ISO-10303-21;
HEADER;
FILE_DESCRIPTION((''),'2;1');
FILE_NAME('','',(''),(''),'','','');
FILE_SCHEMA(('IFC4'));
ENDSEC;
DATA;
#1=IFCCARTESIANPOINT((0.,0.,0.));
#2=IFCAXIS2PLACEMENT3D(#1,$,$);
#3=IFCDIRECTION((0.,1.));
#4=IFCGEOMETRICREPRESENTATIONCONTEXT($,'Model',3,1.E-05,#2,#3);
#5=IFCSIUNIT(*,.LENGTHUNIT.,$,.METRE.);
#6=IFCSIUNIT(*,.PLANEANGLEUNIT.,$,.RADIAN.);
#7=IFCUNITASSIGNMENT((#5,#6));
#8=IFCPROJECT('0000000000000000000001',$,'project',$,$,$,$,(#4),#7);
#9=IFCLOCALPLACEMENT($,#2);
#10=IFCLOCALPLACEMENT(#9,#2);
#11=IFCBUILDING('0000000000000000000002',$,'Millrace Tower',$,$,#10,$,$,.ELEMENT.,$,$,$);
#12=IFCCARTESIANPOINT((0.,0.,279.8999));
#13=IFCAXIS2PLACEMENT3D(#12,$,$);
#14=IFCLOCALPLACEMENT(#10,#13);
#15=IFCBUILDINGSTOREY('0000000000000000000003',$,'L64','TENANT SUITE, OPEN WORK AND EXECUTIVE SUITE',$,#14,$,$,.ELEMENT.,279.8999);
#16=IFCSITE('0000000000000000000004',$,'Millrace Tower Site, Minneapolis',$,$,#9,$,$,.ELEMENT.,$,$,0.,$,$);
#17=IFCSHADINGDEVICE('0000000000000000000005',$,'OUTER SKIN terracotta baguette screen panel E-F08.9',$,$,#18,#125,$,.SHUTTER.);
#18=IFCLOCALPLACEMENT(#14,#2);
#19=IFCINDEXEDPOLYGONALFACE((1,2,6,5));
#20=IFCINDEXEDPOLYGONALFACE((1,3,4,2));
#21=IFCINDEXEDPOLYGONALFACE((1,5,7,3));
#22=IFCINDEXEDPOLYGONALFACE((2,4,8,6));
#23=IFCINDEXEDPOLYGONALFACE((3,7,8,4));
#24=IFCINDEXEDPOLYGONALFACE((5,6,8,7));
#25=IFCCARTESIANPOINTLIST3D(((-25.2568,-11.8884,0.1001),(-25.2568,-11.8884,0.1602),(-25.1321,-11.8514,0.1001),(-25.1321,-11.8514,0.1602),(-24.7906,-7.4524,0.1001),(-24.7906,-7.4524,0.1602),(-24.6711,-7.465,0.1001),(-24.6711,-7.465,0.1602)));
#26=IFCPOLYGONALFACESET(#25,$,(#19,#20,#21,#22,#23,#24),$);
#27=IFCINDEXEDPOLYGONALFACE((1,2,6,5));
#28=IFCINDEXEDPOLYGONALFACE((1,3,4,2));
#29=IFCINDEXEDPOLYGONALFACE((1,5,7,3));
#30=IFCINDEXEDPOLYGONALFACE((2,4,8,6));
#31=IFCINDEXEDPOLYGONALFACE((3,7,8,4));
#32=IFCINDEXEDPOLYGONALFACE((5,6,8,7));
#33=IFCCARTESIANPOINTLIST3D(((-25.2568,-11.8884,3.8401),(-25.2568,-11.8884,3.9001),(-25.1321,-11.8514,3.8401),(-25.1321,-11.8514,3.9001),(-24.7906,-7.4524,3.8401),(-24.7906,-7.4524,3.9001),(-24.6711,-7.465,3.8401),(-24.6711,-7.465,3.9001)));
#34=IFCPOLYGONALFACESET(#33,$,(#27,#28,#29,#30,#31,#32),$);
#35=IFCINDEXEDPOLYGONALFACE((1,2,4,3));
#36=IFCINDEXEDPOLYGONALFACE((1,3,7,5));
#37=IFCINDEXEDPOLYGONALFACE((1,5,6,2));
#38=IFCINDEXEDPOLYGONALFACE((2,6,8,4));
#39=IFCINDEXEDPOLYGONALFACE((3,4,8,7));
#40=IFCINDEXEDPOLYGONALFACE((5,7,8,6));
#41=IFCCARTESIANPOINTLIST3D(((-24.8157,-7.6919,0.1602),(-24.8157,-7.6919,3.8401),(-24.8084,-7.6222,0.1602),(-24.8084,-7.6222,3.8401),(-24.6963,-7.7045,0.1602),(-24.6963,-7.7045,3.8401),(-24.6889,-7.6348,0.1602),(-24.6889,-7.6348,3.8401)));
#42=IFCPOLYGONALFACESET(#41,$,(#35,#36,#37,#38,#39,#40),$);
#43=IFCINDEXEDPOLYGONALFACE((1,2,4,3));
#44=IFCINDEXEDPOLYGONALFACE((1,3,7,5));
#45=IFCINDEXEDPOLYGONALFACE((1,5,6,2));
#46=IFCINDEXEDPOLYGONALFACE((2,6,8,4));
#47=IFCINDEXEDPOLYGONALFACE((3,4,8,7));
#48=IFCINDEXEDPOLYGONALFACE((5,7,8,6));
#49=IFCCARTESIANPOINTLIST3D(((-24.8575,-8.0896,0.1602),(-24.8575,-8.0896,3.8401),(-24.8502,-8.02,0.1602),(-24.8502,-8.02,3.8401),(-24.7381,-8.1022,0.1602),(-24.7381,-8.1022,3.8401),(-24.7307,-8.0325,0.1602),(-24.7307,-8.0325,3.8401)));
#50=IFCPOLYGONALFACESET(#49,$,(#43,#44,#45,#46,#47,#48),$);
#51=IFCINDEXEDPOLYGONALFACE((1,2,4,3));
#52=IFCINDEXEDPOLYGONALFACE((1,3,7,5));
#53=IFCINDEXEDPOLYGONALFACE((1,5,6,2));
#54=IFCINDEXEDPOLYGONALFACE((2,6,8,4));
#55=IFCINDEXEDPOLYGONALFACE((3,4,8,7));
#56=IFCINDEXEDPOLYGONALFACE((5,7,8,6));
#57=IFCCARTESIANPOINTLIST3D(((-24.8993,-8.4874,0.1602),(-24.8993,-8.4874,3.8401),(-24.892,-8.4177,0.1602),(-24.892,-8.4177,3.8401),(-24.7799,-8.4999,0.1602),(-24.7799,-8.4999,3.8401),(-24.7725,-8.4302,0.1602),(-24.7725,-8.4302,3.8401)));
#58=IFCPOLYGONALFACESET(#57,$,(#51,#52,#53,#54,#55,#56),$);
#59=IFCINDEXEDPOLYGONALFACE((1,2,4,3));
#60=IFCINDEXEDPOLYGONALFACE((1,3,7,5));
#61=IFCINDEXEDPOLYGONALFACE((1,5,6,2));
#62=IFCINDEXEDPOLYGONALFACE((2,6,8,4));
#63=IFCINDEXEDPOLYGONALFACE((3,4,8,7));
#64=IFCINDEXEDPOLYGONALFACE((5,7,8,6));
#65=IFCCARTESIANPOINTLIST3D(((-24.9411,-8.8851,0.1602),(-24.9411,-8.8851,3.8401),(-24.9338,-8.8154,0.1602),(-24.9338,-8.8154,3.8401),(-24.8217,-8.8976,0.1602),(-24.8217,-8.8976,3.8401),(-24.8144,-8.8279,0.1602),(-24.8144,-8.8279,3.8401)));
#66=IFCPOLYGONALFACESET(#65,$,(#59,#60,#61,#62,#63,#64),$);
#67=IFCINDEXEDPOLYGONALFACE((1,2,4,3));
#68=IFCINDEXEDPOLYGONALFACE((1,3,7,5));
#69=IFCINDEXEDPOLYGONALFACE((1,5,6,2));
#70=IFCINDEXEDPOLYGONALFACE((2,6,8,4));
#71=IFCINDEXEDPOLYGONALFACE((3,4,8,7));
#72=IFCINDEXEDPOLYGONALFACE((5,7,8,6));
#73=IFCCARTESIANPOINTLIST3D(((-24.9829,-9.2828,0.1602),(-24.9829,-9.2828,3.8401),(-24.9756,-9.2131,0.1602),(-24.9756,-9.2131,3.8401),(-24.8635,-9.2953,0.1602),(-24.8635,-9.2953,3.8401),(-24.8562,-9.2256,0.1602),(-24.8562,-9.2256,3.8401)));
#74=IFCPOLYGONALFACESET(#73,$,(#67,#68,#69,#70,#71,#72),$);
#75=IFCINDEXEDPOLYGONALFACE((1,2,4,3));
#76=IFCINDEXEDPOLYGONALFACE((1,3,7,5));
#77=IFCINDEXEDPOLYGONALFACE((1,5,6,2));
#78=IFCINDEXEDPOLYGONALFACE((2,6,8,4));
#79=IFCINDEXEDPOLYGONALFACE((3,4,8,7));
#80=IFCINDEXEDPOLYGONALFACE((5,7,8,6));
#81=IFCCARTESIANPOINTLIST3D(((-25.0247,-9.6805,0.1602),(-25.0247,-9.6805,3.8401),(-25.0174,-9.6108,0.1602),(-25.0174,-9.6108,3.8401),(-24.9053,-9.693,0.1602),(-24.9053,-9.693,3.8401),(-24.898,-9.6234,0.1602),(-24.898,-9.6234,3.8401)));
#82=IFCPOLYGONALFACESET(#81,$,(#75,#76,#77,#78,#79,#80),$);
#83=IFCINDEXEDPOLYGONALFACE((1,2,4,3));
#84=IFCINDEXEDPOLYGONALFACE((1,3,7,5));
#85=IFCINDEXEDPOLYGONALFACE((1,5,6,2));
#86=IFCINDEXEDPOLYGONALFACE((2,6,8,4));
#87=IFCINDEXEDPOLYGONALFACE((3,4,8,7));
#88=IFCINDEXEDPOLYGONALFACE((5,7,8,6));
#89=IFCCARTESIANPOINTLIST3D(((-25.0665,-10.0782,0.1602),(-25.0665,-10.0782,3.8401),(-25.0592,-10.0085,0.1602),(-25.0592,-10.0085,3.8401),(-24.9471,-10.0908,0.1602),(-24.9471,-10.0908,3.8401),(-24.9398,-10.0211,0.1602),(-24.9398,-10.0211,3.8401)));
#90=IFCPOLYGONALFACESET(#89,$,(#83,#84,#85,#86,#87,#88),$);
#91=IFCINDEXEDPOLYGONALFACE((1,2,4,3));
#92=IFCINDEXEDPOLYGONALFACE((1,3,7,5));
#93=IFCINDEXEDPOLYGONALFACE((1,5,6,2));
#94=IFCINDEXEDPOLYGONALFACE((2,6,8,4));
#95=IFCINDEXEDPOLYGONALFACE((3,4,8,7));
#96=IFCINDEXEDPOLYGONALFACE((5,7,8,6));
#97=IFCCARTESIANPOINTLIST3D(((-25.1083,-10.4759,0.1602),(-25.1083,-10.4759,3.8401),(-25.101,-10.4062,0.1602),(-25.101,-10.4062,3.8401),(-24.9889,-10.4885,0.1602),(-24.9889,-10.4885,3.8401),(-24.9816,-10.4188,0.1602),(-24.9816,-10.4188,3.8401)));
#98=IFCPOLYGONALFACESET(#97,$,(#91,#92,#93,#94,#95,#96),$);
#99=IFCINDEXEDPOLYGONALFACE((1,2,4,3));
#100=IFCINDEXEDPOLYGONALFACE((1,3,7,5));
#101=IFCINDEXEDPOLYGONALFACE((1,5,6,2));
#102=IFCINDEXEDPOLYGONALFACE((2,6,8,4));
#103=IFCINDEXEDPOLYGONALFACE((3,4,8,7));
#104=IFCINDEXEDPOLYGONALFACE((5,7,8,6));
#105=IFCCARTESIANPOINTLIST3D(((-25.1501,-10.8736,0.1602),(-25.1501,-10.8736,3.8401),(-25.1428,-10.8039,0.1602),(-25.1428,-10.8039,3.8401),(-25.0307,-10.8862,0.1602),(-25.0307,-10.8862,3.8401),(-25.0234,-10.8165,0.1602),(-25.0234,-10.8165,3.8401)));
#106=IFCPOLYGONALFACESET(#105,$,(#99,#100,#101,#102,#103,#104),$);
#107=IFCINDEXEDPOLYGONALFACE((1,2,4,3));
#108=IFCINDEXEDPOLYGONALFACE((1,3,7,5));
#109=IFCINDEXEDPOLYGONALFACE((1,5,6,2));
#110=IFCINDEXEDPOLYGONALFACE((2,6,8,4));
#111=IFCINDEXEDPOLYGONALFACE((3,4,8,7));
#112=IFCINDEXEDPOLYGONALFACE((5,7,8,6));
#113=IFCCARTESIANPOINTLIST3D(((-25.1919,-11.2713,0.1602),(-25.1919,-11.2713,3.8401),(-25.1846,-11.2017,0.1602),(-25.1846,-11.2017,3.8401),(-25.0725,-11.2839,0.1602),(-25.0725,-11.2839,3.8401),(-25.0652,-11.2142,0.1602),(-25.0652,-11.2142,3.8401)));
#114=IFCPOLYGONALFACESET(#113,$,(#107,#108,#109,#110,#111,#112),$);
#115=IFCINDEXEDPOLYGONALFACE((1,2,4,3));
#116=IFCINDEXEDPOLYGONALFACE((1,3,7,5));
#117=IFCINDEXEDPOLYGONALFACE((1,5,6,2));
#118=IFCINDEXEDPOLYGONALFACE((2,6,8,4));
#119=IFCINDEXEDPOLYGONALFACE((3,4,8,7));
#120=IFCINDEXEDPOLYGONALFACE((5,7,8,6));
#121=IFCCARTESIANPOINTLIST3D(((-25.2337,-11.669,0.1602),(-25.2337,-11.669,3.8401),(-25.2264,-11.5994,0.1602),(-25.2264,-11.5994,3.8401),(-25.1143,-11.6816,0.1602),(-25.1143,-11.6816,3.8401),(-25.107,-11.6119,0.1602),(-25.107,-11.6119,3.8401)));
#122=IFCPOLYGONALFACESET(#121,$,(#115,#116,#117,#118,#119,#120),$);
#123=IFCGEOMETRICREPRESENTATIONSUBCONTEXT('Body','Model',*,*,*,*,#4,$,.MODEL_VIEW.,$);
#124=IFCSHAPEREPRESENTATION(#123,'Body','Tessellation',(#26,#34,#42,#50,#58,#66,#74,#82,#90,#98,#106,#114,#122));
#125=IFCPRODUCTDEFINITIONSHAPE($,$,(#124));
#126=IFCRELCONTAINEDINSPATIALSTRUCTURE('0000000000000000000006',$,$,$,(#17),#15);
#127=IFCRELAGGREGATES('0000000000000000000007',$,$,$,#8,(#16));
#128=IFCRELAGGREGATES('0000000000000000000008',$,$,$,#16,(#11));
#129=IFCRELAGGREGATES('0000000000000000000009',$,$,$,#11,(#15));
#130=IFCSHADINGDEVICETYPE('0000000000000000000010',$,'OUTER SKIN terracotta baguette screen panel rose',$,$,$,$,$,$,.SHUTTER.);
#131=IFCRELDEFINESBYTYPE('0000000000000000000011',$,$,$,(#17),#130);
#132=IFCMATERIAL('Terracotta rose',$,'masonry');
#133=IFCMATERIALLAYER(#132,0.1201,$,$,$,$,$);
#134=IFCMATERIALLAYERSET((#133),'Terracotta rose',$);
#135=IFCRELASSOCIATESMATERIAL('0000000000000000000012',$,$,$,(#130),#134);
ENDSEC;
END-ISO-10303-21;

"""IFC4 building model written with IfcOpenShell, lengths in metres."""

from ifc_helpers import new_model, entity, si_unit, direction, frame, frame_2d, origin, place, context, subcontext, project, spatial, rectangle, extrude, source, transform, mapped, material, layer, layer_set, type_object, element, save


model = new_model("IFC4")

# Units and contexts
model_context = context("Model", 3, precision=1e-05, world=origin(), true_north=direction((0.0, 1.0)))
body_context = subcontext(model_context, "Body", "Model", "MODEL_VIEW")
ifc_project = project(units=[si_unit("LENGTHUNIT", "METRE"), si_unit("PLANEANGLEUNIT", "RADIAN")], contexts=[model_context])

# Site, building, storey
site_placement = place(None, origin())
site = spatial("IfcSite", under=ifc_project, at=site_placement, Name="Millrace Tower Site, Minneapolis", CompositionType="ELEMENT", RefElevation=0.0)
building_placement = place(site_placement, origin())
building = spatial("IfcBuilding", under=site, at=building_placement, Name="Millrace Tower", CompositionType="ELEMENT")
storey_placement = place(building_placement, frame((0.0, 0.0, 279.8999)))
storey = spatial("IfcBuildingStorey", under=building, at=storey_placement, Name="L64", Description="TENANT SUITE, OPEN WORK AND EXECUTIVE SUITE", CompositionType="ELEMENT", Elevation=279.8999)

# Shading device
ifc_material_1 = material(Name="Terracotta rose", Category="masonry")
ifc_layer_1 = layer(ifc_material_1, 0.1201)
ifc_layer_set_1 = layer_set([ifc_layer_1], Name="Terracotta rose")
shading_device_type = type_object("IfcShadingDeviceType", Name="OUTER SKIN terracotta baguette screen panel rose", PredefinedType="SHUTTER", material=ifc_layer_set_1)
cartesian_point_1 = entity("IfcCartesianPoint", [-2.2178, 0.0601])
shared_polyline_1 = entity("IfcPolyline", [cartesian_point_1, entity("IfcCartesianPoint", [2.1929, 0.0601]), entity("IfcCartesianPoint", [2.2427, -0.0601]), entity("IfcCartesianPoint", [-2.2178, -0.0601]), cartesian_point_1])
shared_shape_1 = source(origin(), body_context, "Body", "SweptSolid", [
    entity("IfcExtrudedAreaSolid", entity("IfcArbitraryClosedProfileDef", "AREA", None, shared_polyline_1), entity("IfcAxis2Placement3D", entity("IfcCartesianPoint", [0.0, 0.0, 0.0])), entity("IfcDirection", [0.0, 0.0, 1.0]), 0.0601),
    entity("IfcExtrudedAreaSolid", entity("IfcArbitraryClosedProfileDef", "AREA", None, shared_polyline_1), entity("IfcAxis2Placement3D", entity("IfcCartesianPoint", [0.0, 0.0, 3.74])), entity("IfcDirection", [0.0, 0.0, 1.0]), 0.0601),
    extrude(rectangle(XDim=0.0701, YDim=0.1201, at=frame_2d((-2.012, 0.0))), frame((0.0, 0.0, 0.0601)), (0.0, 0.0, 1.0), 3.6799),
    extrude(rectangle(XDim=0.0701, YDim=0.1201, at=frame_2d((-1.6121, 0.0))), frame((0.0, 0.0, 0.0601)), (0.0, 0.0, 1.0), 3.6799),
    extrude(rectangle(XDim=0.0701, YDim=0.1201, at=frame_2d((-1.2122, 0.0))), frame((0.0, 0.0, 0.0601)), (0.0, 0.0, 1.0), 3.6799),
    extrude(rectangle(XDim=0.0701, YDim=0.1201, at=frame_2d((-0.8123, 0.0))), frame((0.0, 0.0, 0.0601)), (0.0, 0.0, 1.0), 3.6799),
    extrude(rectangle(XDim=0.0701, YDim=0.1201, at=frame_2d((-0.4124, 0.0))), frame((0.0, 0.0, 0.0601)), (0.0, 0.0, 1.0), 3.6799),
    extrude(rectangle(XDim=0.0701, YDim=0.1201, at=frame_2d((-0.0125, 0.0))), frame((0.0, 0.0, 0.0601)), (0.0, 0.0, 1.0), 3.6799),
    extrude(rectangle(XDim=0.0701, YDim=0.1201, at=frame_2d((0.3875, 0.0))), frame((0.0, 0.0, 0.0601)), (0.0, 0.0, 1.0), 3.6799),
    extrude(rectangle(XDim=0.0701, YDim=0.1201, at=frame_2d((0.7874, 0.0))), frame((0.0, 0.0, 0.0601)), (0.0, 0.0, 1.0), 3.6799),
    extrude(rectangle(XDim=0.0701, YDim=0.1201, at=frame_2d((1.1873, 0.0))), frame((0.0, 0.0, 0.0601)), (0.0, 0.0, 1.0), 3.6799),
    extrude(rectangle(XDim=0.0701, YDim=0.1201, at=frame_2d((1.5872, 0.0))), frame((0.0, 0.0, 0.0601)), (0.0, 0.0, 1.0), 3.6799),
    extrude(rectangle(XDim=0.0701, YDim=0.1201, at=frame_2d((1.9871, 0.0))), frame((0.0, 0.0, 0.0601)), (0.0, 0.0, 1.0), 3.6799),
])
shading_device_placement = place(storey_placement, frame((-24.9626, -9.6643, 0.1001), z_axis=(0.0, 0.0, 1.0), x_axis=(-0.104528, -0.994522, 0.0)))
element("IfcShadingDevice", 1, at=shading_device_placement, inside=storey, type_object=shading_device_type, Name="OUTER SKIN terracotta baguette screen panel E-F08.9", PredefinedType="SHUTTER", context=body_context, shape_type="MappedRepresentation", body=[
    mapped(shared_shape_1, transform((0.0, 0.0, 0.0), scale=1.0)),
])

save(model, "model.ifc")
